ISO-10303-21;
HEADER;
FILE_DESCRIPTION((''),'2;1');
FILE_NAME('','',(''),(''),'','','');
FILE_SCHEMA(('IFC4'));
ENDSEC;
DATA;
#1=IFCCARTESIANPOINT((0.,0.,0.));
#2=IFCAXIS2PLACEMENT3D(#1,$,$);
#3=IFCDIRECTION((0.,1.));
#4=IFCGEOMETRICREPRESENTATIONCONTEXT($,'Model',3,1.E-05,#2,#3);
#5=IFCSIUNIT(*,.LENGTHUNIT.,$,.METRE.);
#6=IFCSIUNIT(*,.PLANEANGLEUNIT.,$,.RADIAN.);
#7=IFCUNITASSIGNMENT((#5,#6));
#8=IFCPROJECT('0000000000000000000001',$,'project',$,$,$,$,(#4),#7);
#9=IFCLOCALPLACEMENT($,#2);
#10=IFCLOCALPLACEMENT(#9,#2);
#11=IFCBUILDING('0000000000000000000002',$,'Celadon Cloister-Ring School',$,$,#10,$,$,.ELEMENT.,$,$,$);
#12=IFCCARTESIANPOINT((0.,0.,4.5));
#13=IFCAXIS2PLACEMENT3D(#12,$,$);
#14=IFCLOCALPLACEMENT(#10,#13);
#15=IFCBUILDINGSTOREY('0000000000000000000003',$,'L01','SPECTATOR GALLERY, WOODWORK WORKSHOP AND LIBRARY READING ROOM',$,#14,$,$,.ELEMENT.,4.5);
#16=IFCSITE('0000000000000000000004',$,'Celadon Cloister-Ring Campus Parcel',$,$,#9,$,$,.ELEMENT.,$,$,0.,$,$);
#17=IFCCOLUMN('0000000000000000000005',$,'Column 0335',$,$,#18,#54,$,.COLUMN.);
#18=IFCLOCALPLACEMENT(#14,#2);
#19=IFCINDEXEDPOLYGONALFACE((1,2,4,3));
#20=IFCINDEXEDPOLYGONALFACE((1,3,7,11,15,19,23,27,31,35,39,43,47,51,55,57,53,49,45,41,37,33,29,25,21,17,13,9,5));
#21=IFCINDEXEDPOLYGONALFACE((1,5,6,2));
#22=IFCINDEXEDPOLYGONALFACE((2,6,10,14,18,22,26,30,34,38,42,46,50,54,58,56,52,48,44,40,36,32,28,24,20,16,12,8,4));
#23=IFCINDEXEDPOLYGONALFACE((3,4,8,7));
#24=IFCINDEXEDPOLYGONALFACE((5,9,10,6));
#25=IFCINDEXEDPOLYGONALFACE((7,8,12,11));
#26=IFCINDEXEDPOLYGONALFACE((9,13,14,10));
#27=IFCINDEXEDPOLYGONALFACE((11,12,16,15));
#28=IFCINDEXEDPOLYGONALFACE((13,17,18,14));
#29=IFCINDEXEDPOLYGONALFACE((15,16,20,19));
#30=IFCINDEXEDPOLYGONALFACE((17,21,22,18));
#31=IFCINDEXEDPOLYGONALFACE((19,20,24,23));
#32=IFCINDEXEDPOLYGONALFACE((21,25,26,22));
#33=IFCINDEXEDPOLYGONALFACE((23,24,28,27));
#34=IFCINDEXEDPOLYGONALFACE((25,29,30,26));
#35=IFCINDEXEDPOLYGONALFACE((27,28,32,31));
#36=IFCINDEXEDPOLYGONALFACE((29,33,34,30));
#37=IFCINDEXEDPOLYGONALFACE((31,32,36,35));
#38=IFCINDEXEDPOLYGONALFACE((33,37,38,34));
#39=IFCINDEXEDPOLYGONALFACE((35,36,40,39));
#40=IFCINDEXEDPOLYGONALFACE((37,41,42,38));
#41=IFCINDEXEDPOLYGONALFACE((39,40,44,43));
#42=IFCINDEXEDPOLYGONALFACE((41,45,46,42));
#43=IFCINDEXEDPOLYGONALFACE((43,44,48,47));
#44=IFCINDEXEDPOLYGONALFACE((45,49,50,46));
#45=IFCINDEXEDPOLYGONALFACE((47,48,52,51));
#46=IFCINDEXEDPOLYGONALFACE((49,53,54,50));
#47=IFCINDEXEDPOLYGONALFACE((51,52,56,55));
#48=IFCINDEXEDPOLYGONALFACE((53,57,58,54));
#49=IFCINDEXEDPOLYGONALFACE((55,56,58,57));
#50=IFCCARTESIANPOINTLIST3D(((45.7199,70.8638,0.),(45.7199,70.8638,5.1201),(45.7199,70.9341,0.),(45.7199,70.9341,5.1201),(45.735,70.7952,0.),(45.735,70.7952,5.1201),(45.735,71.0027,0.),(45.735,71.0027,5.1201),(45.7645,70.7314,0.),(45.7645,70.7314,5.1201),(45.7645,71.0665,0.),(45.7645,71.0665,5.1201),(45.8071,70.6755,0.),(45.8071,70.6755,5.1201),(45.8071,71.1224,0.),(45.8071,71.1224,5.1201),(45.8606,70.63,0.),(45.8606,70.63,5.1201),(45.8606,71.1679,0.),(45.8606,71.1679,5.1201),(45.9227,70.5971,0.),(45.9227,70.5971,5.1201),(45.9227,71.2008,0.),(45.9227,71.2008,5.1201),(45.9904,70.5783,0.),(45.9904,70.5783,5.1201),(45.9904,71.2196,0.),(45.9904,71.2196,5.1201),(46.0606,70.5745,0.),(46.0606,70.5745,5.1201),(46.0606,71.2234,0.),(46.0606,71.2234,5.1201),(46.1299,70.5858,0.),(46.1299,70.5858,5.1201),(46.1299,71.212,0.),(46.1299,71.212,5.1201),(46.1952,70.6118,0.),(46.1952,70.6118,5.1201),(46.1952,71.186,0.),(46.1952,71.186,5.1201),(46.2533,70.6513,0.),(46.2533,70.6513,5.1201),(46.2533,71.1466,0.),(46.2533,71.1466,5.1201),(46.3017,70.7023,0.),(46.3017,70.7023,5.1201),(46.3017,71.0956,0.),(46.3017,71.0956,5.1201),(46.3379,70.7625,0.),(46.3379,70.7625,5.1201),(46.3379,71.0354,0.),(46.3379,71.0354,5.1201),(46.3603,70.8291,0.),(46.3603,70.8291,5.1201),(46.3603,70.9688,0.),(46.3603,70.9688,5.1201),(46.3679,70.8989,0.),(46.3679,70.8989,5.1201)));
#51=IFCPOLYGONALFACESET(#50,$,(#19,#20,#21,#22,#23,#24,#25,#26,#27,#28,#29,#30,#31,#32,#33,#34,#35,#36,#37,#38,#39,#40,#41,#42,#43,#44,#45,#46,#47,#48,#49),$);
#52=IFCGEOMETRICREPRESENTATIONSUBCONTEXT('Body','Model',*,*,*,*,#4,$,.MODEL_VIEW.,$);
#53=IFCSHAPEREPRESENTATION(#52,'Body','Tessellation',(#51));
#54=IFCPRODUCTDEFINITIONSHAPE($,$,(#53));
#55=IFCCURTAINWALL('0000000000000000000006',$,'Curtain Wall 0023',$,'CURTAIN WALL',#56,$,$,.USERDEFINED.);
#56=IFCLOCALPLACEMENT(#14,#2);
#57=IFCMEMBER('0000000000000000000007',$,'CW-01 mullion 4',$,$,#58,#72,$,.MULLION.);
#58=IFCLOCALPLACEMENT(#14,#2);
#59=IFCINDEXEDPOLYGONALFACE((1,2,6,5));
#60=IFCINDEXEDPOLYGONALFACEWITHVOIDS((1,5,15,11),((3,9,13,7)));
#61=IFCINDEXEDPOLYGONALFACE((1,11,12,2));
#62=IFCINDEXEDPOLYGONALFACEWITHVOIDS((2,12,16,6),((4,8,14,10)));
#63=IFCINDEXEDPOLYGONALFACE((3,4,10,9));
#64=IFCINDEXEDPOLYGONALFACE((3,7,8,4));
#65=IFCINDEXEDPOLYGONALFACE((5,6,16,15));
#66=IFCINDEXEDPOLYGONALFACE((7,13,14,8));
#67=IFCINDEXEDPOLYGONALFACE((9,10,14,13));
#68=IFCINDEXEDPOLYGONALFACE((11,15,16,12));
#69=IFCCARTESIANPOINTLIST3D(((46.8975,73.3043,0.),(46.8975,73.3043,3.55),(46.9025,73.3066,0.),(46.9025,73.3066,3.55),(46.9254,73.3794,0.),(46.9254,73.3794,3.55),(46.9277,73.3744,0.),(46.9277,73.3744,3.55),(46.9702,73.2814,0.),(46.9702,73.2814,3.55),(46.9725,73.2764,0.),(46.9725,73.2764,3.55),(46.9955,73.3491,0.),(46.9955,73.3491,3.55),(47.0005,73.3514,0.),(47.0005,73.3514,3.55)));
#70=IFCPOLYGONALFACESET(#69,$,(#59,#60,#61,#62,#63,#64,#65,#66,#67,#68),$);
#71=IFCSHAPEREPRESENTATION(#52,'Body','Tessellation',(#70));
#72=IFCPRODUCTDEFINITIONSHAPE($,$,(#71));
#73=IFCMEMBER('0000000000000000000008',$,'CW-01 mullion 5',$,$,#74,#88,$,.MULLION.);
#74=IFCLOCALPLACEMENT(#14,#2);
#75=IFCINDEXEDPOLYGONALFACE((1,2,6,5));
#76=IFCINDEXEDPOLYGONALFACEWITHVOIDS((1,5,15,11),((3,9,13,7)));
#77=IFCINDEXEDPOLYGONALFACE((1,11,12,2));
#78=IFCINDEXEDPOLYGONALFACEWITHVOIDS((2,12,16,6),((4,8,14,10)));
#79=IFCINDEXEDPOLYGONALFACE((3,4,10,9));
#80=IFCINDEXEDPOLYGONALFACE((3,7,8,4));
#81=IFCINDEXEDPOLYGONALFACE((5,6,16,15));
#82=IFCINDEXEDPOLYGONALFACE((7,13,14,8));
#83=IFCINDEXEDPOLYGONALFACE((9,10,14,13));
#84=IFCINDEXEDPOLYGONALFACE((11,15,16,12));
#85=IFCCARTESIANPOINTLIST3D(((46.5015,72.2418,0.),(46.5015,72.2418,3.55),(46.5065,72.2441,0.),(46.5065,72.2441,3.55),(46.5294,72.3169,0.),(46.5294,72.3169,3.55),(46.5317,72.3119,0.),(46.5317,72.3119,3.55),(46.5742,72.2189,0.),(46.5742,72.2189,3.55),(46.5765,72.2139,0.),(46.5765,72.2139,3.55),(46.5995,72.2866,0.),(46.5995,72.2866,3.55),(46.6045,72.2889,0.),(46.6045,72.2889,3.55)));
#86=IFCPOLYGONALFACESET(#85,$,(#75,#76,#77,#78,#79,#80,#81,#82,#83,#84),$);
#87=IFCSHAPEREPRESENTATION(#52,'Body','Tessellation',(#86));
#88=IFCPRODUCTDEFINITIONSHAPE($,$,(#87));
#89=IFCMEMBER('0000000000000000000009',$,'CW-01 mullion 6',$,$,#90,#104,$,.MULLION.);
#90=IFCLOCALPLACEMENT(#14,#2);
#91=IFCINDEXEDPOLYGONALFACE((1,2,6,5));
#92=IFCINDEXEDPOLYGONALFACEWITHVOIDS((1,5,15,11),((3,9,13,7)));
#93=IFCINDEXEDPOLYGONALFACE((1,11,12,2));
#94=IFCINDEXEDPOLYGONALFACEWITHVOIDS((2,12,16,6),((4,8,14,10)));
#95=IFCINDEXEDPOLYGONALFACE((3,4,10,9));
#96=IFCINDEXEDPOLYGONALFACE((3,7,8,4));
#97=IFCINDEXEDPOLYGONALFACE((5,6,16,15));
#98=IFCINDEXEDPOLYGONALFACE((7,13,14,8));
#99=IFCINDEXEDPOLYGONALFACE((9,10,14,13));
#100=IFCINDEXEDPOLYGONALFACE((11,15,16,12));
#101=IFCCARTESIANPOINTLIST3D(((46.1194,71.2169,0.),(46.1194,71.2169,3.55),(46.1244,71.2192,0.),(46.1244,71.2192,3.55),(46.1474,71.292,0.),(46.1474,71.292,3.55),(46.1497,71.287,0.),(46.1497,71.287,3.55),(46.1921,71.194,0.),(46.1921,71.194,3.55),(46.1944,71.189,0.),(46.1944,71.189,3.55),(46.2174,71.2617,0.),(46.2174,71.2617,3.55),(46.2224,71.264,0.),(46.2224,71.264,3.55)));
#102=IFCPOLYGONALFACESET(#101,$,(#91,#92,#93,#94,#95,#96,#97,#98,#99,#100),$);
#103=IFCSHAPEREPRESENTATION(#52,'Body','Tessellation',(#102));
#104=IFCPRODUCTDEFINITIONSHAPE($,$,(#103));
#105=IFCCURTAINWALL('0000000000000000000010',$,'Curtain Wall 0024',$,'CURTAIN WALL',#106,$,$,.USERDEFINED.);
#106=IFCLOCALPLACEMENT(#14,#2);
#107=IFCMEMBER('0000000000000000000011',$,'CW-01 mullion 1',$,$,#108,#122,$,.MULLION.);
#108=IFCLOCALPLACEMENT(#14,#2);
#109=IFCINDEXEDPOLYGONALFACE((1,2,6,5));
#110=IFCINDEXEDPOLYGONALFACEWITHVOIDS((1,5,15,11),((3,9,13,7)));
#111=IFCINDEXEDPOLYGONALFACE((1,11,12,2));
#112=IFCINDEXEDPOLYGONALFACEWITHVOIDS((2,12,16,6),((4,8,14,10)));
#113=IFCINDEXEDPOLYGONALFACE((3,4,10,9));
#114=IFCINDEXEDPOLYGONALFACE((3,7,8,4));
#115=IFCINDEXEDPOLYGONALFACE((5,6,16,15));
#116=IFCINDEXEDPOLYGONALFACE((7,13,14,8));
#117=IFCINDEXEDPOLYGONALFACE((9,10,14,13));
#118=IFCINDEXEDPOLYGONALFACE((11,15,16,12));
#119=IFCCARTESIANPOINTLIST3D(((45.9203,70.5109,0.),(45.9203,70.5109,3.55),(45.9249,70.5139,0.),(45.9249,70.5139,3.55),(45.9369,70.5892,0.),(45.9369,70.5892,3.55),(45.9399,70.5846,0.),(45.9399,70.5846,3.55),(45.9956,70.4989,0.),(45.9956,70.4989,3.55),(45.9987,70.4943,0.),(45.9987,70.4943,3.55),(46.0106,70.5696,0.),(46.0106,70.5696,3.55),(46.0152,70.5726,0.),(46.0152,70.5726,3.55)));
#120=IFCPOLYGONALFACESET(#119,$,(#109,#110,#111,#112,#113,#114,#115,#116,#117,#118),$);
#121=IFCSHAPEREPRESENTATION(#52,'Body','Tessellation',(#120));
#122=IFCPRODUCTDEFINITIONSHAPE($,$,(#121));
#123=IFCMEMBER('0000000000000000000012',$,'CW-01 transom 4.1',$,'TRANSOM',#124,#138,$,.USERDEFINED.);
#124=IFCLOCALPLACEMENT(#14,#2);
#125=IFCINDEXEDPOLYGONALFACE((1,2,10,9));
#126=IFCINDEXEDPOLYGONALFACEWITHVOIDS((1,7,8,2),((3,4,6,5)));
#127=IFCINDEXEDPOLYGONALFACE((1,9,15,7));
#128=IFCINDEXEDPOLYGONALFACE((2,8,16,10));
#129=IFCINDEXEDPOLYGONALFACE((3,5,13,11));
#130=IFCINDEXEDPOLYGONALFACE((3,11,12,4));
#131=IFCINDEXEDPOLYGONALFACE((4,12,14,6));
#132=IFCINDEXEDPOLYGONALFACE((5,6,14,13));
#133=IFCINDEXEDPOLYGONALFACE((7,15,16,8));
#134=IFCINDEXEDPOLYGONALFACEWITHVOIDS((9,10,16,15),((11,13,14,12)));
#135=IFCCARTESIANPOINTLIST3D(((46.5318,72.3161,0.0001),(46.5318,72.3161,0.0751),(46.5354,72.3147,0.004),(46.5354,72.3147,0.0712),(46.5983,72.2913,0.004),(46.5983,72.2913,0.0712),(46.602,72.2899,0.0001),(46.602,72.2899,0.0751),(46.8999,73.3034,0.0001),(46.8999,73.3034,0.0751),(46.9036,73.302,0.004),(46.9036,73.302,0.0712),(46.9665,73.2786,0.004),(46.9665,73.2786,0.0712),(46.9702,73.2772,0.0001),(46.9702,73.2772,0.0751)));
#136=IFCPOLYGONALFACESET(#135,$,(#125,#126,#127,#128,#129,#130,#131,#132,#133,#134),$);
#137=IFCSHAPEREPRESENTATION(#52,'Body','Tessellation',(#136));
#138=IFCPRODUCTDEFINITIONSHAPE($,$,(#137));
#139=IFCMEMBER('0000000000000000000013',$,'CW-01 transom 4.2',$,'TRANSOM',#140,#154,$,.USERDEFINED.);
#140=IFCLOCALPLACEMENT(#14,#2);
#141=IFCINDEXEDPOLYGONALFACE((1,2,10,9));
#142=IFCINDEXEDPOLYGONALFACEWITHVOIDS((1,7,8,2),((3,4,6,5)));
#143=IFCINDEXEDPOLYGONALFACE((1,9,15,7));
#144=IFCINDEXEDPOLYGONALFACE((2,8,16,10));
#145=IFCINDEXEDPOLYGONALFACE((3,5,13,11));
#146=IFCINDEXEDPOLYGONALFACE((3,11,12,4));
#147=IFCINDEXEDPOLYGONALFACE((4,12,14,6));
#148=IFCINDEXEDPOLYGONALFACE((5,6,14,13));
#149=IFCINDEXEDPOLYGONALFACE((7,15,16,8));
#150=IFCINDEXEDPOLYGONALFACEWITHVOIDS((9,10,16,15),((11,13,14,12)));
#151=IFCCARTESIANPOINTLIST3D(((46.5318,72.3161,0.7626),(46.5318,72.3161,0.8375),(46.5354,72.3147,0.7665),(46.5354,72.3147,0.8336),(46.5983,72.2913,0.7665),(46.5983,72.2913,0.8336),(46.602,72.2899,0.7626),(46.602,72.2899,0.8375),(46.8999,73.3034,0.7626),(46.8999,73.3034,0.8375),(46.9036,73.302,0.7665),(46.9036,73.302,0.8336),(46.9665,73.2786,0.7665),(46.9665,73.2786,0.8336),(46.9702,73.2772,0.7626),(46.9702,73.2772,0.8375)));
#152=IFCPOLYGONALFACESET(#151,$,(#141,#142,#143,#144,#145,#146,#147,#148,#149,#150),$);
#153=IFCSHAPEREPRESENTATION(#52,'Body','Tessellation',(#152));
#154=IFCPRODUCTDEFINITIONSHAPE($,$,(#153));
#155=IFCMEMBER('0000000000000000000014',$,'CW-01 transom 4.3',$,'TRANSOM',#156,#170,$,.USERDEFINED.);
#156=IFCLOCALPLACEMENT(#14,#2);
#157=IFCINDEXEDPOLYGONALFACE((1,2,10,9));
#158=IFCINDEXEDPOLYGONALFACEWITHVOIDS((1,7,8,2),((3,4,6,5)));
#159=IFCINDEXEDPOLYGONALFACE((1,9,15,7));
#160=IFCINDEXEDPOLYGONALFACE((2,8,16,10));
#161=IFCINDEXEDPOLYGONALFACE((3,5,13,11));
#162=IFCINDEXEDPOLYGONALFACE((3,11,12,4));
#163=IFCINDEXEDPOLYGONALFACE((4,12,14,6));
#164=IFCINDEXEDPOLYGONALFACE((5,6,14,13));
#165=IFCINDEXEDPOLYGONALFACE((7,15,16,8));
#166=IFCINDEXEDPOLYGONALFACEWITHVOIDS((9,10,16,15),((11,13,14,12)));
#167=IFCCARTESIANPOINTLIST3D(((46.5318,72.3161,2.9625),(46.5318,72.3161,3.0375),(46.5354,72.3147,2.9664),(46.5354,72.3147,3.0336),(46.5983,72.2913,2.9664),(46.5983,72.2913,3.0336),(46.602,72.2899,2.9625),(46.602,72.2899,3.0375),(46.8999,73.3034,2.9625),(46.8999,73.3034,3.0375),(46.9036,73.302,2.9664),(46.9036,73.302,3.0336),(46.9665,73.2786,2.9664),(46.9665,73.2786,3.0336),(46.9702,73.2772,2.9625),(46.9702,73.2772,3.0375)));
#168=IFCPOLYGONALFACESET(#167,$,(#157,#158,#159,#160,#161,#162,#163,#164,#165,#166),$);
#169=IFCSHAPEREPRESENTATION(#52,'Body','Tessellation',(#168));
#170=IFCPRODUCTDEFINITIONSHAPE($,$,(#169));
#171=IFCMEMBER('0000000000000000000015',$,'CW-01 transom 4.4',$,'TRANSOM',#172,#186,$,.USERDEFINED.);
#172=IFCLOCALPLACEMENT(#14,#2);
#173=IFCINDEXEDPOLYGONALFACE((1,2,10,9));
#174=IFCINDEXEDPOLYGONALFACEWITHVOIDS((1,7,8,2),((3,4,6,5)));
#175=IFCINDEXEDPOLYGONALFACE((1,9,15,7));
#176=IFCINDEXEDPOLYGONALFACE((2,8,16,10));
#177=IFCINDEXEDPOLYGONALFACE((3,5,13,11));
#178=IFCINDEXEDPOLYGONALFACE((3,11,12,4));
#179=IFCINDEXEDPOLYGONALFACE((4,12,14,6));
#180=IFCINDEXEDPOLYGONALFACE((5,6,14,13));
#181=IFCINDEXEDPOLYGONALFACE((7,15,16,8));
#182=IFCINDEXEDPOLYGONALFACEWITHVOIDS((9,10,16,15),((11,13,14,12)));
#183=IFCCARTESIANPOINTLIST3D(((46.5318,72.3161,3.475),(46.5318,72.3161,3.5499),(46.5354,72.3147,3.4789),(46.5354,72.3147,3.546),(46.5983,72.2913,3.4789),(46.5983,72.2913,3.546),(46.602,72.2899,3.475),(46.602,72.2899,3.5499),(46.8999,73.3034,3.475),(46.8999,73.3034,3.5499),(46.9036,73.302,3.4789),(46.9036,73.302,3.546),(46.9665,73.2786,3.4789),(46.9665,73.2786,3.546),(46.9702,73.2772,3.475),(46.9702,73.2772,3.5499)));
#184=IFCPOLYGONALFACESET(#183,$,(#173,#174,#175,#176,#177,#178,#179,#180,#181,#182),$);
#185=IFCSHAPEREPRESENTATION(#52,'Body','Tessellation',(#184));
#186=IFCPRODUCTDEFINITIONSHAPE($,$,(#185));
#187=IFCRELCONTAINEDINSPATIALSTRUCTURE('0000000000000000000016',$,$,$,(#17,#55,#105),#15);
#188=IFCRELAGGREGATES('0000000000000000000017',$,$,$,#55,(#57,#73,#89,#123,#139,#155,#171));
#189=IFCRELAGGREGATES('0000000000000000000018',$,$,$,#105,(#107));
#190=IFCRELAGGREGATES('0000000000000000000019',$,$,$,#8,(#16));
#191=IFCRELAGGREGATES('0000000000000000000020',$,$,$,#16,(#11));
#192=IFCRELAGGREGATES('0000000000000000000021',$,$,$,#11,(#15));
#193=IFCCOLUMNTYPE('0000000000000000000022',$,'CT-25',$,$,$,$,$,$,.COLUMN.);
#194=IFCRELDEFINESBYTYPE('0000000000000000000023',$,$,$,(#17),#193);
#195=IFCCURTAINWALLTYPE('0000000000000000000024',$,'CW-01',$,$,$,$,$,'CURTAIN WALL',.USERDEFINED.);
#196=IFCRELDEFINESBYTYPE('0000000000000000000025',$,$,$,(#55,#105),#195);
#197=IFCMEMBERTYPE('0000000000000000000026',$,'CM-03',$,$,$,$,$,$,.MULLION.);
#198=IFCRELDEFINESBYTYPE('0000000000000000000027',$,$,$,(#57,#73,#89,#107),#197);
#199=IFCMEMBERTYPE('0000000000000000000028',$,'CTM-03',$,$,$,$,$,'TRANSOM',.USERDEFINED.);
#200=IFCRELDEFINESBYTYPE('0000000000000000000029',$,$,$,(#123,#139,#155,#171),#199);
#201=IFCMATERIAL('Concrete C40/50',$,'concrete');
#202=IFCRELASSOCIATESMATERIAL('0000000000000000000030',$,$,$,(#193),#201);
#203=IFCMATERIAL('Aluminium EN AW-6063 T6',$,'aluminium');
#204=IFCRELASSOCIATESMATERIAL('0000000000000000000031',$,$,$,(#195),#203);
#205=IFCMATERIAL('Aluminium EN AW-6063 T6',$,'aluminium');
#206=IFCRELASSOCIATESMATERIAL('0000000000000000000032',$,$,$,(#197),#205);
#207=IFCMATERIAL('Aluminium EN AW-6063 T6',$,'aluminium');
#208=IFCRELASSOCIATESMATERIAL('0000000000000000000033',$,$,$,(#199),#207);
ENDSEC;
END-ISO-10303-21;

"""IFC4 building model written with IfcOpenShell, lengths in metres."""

from ifc_helpers import new_model, si_unit, direction, frame, origin, origin_2d, place, context, subcontext, project, spatial, hollow_rectangle, circle, extrude, material, material_profile, profile_set, type_object, element, aggregate, save


model = new_model("IFC4")

# Units and contexts
model_context = context("Model", 3, precision=1e-05, world=origin(), true_north=direction((0.0, 1.0)))
body_context = subcontext(model_context, "Body", "Model", "MODEL_VIEW")
ifc_project = project(units=[si_unit("LENGTHUNIT", "METRE"), si_unit("PLANEANGLEUNIT", "RADIAN")], contexts=[model_context])

# Site, building, storey
site_placement = place(None, origin())
site = spatial("IfcSite", under=ifc_project, at=site_placement, Name="Celadon Cloister-Ring Campus Parcel", CompositionType="ELEMENT", RefElevation=0.0)
building_placement = place(site_placement, origin())
building = spatial("IfcBuilding", under=site, at=building_placement, Name="Celadon Cloister-Ring School", CompositionType="ELEMENT")
storey_placement = place(building_placement, frame((0.0, 0.0, 4.5)))
storey = spatial("IfcBuildingStorey", under=building, at=storey_placement, Name="L01", Description="SPECTATOR GALLERY, WOODWORK WORKSHOP AND LIBRARY READING ROOM", CompositionType="ELEMENT", Elevation=4.5)

# Column
ifc_material_1 = material(Name="Concrete C40/50", Category="concrete")
ifc_material_profile_1 = material_profile(ifc_material_1, circle(Radius=0.325, at=origin_2d()), Name="CIRC650")
ifc_profile_set_1 = profile_set([ifc_material_profile_1], Name="Concrete C40/50")
column_type = type_object("IfcColumnType", Name="CT-25", PredefinedType="COLUMN", material=ifc_profile_set_1)
column_placement = place(storey_placement, frame((46.043, 70.8989, 0.0), z_axis=(0.0, 0.0, 1.0), x_axis=(1.0, 0.0, 0.0)))
element("IfcColumn", 1, at=column_placement, inside=storey, type_object=column_type, Name="Column 0335", PredefinedType="COLUMN", context=body_context, shape_type="SweptSolid", body=[
    extrude(circle(Radius=0.325, at=origin_2d()), origin(), (0.0, 0.0, 1.0), 5.1201),
])

# Curtain wall, members
ifc_material_2 = material(Name="Aluminium EN AW-6063 T6", Category="aluminium")
curtain_wall_type = type_object("IfcCurtainWallType", Name="CW-01", ElementType="CURTAIN WALL", PredefinedType="USERDEFINED", material=ifc_material_2)
curtain_wall_1_placement = place(storey_placement, origin())
curtain_wall_1 = element("IfcCurtainWall", 2, at=curtain_wall_1_placement, inside=storey, type_object=curtain_wall_type, Name="Curtain Wall 0023", ObjectType="CURTAIN WALL", PredefinedType="USERDEFINED")
ifc_material_3 = material(Name="Aluminium EN AW-6063 T6", Category="aluminium")
ifc_material_profile_2 = material_profile(ifc_material_3, hollow_rectangle(XDim=0.0801, YDim=0.0801, WallThickness=0.0039, at=origin_2d()), Name="RHS80X80X4")
ifc_profile_set_2 = profile_set([ifc_material_profile_2], Name="Aluminium EN AW-6063 T6")
member_type_1 = type_object("IfcMemberType", Name="CM-03", PredefinedType="MULLION", material=ifc_profile_set_2)
member_1_placement = place(storey_placement, frame((46.949, 73.3279, 0.0), z_axis=(0.0, 0.0, 1.0), x_axis=(0.937023, -0.349267, 0.0)))
member_1 = element("IfcMember", 3, at=member_1_placement, type_object=member_type_1, Name="CW-01 mullion 4", PredefinedType="MULLION", context=body_context, shape_type="SweptSolid", body=[
    extrude(hollow_rectangle(XDim=0.0801, YDim=0.0801, WallThickness=0.0039, at=origin_2d()), origin(), (0.0, 0.0, 1.0), 3.55),
])
member_2_placement = place(storey_placement, frame((46.553, 72.2654, 0.0), z_axis=(0.0, 0.0, 1.0), x_axis=(0.937023, -0.349267, 0.0)))
member_2 = element("IfcMember", 4, at=member_2_placement, type_object=member_type_1, Name="CW-01 mullion 5", PredefinedType="MULLION", context=body_context, shape_type="SweptSolid", body=[
    extrude(hollow_rectangle(XDim=0.0801, YDim=0.0801, WallThickness=0.0039, at=origin_2d()), origin(), (0.0, 0.0, 1.0), 3.55),
])
member_3_placement = place(storey_placement, frame((46.1709, 71.2405, 0.0), z_axis=(0.0, 0.0, 1.0), x_axis=(0.937023, -0.349267, 0.0)))
member_3 = element("IfcMember", 5, at=member_3_placement, type_object=member_type_1, Name="CW-01 mullion 6", PredefinedType="MULLION", context=body_context, shape_type="SweptSolid", body=[
    extrude(hollow_rectangle(XDim=0.0801, YDim=0.0801, WallThickness=0.0039, at=origin_2d()), origin(), (0.0, 0.0, 1.0), 3.55),
])

# Curtain wall, member
curtain_wall_2_placement = place(storey_placement, origin())
curtain_wall_2 = element("IfcCurtainWall", 6, at=curtain_wall_2_placement, inside=storey, type_object=curtain_wall_type, Name="Curtain Wall 0024", ObjectType="CURTAIN WALL", PredefinedType="USERDEFINED")
member_4_placement = place(storey_placement, frame((45.9678, 70.5417, 0.0), z_axis=(0.0, 0.0, 1.0), x_axis=(0.978321, -0.207095, 0.0)))
member_4 = element("IfcMember", 7, at=member_4_placement, type_object=member_type_1, Name="CW-01 mullion 1", PredefinedType="MULLION", context=body_context, shape_type="SweptSolid", body=[
    extrude(hollow_rectangle(XDim=0.0801, YDim=0.0801, WallThickness=0.0039, at=origin_2d()), origin(), (0.0, 0.0, 1.0), 3.55),
])

# Members
ifc_material_4 = material(Name="Aluminium EN AW-6063 T6", Category="aluminium")
ifc_material_profile_3 = material_profile(ifc_material_4, hollow_rectangle(XDim=0.075, YDim=0.075, WallThickness=0.0039, at=origin_2d()), Name="RHS75X75X4")
ifc_profile_set_3 = profile_set([ifc_material_profile_3], Name="Aluminium EN AW-6063 T6")
member_type_2 = type_object("IfcMemberType", Name="CTM-03", ElementType="TRANSOM", PredefinedType="USERDEFINED", material=ifc_profile_set_3)
member_5_placement = place(storey_placement, frame((46.9351, 73.2903, 0.0376), z_axis=(-0.349396, -0.936975, 0.0), x_axis=(0.936975, -0.349396, 0.0)))
member_5 = element("IfcMember", 8, at=member_5_placement, type_object=member_type_2, Name="CW-01 transom 4.1", ObjectType="TRANSOM", PredefinedType="USERDEFINED", context=body_context, shape_type="SweptSolid", body=[
    extrude(hollow_rectangle(XDim=0.075, YDim=0.075, WallThickness=0.0039, at=origin_2d()), origin(), (0.0, 0.0, 1.0), 1.0537),
])
member_6_placement = place(storey_placement, frame((46.9351, 73.2903, 0.8), z_axis=(-0.349396, -0.936975, 0.0), x_axis=(0.936975, -0.349396, 0.0)))
member_6 = element("IfcMember", 9, at=member_6_placement, type_object=member_type_2, Name="CW-01 transom 4.2", ObjectType="TRANSOM", PredefinedType="USERDEFINED", context=body_context, shape_type="SweptSolid", body=[
    extrude(hollow_rectangle(XDim=0.075, YDim=0.075, WallThickness=0.0039, at=origin_2d()), origin(), (0.0, 0.0, 1.0), 1.0537),
])
member_7_placement = place(storey_placement, frame((46.9351, 73.2903, 3.0), z_axis=(-0.349396, -0.936975, 0.0), x_axis=(0.936975, -0.349396, 0.0)))
member_7 = element("IfcMember", 10, at=member_7_placement, type_object=member_type_2, Name="CW-01 transom 4.3", ObjectType="TRANSOM", PredefinedType="USERDEFINED", context=body_context, shape_type="SweptSolid", body=[
    extrude(hollow_rectangle(XDim=0.075, YDim=0.075, WallThickness=0.0039, at=origin_2d()), origin(), (0.0, 0.0, 1.0), 1.0537),
])
member_8_placement = place(storey_placement, frame((46.9351, 73.2903, 3.5125), z_axis=(-0.349396, -0.936975, 0.0), x_axis=(0.936975, -0.349396, 0.0)))
member_8 = element("IfcMember", 11, at=member_8_placement, type_object=member_type_2, Name="CW-01 transom 4.4", ObjectType="TRANSOM", PredefinedType="USERDEFINED", context=body_context, shape_type="SweptSolid", body=[
    extrude(hollow_rectangle(XDim=0.075, YDim=0.075, WallThickness=0.0039, at=origin_2d()), origin(), (0.0, 0.0, 1.0), 1.0537),
])

aggregate(curtain_wall_1, [member_1, member_2, member_3, member_5, member_6, member_7, member_8])
aggregate(curtain_wall_2, [member_4])

save(model, "model.ifc")
